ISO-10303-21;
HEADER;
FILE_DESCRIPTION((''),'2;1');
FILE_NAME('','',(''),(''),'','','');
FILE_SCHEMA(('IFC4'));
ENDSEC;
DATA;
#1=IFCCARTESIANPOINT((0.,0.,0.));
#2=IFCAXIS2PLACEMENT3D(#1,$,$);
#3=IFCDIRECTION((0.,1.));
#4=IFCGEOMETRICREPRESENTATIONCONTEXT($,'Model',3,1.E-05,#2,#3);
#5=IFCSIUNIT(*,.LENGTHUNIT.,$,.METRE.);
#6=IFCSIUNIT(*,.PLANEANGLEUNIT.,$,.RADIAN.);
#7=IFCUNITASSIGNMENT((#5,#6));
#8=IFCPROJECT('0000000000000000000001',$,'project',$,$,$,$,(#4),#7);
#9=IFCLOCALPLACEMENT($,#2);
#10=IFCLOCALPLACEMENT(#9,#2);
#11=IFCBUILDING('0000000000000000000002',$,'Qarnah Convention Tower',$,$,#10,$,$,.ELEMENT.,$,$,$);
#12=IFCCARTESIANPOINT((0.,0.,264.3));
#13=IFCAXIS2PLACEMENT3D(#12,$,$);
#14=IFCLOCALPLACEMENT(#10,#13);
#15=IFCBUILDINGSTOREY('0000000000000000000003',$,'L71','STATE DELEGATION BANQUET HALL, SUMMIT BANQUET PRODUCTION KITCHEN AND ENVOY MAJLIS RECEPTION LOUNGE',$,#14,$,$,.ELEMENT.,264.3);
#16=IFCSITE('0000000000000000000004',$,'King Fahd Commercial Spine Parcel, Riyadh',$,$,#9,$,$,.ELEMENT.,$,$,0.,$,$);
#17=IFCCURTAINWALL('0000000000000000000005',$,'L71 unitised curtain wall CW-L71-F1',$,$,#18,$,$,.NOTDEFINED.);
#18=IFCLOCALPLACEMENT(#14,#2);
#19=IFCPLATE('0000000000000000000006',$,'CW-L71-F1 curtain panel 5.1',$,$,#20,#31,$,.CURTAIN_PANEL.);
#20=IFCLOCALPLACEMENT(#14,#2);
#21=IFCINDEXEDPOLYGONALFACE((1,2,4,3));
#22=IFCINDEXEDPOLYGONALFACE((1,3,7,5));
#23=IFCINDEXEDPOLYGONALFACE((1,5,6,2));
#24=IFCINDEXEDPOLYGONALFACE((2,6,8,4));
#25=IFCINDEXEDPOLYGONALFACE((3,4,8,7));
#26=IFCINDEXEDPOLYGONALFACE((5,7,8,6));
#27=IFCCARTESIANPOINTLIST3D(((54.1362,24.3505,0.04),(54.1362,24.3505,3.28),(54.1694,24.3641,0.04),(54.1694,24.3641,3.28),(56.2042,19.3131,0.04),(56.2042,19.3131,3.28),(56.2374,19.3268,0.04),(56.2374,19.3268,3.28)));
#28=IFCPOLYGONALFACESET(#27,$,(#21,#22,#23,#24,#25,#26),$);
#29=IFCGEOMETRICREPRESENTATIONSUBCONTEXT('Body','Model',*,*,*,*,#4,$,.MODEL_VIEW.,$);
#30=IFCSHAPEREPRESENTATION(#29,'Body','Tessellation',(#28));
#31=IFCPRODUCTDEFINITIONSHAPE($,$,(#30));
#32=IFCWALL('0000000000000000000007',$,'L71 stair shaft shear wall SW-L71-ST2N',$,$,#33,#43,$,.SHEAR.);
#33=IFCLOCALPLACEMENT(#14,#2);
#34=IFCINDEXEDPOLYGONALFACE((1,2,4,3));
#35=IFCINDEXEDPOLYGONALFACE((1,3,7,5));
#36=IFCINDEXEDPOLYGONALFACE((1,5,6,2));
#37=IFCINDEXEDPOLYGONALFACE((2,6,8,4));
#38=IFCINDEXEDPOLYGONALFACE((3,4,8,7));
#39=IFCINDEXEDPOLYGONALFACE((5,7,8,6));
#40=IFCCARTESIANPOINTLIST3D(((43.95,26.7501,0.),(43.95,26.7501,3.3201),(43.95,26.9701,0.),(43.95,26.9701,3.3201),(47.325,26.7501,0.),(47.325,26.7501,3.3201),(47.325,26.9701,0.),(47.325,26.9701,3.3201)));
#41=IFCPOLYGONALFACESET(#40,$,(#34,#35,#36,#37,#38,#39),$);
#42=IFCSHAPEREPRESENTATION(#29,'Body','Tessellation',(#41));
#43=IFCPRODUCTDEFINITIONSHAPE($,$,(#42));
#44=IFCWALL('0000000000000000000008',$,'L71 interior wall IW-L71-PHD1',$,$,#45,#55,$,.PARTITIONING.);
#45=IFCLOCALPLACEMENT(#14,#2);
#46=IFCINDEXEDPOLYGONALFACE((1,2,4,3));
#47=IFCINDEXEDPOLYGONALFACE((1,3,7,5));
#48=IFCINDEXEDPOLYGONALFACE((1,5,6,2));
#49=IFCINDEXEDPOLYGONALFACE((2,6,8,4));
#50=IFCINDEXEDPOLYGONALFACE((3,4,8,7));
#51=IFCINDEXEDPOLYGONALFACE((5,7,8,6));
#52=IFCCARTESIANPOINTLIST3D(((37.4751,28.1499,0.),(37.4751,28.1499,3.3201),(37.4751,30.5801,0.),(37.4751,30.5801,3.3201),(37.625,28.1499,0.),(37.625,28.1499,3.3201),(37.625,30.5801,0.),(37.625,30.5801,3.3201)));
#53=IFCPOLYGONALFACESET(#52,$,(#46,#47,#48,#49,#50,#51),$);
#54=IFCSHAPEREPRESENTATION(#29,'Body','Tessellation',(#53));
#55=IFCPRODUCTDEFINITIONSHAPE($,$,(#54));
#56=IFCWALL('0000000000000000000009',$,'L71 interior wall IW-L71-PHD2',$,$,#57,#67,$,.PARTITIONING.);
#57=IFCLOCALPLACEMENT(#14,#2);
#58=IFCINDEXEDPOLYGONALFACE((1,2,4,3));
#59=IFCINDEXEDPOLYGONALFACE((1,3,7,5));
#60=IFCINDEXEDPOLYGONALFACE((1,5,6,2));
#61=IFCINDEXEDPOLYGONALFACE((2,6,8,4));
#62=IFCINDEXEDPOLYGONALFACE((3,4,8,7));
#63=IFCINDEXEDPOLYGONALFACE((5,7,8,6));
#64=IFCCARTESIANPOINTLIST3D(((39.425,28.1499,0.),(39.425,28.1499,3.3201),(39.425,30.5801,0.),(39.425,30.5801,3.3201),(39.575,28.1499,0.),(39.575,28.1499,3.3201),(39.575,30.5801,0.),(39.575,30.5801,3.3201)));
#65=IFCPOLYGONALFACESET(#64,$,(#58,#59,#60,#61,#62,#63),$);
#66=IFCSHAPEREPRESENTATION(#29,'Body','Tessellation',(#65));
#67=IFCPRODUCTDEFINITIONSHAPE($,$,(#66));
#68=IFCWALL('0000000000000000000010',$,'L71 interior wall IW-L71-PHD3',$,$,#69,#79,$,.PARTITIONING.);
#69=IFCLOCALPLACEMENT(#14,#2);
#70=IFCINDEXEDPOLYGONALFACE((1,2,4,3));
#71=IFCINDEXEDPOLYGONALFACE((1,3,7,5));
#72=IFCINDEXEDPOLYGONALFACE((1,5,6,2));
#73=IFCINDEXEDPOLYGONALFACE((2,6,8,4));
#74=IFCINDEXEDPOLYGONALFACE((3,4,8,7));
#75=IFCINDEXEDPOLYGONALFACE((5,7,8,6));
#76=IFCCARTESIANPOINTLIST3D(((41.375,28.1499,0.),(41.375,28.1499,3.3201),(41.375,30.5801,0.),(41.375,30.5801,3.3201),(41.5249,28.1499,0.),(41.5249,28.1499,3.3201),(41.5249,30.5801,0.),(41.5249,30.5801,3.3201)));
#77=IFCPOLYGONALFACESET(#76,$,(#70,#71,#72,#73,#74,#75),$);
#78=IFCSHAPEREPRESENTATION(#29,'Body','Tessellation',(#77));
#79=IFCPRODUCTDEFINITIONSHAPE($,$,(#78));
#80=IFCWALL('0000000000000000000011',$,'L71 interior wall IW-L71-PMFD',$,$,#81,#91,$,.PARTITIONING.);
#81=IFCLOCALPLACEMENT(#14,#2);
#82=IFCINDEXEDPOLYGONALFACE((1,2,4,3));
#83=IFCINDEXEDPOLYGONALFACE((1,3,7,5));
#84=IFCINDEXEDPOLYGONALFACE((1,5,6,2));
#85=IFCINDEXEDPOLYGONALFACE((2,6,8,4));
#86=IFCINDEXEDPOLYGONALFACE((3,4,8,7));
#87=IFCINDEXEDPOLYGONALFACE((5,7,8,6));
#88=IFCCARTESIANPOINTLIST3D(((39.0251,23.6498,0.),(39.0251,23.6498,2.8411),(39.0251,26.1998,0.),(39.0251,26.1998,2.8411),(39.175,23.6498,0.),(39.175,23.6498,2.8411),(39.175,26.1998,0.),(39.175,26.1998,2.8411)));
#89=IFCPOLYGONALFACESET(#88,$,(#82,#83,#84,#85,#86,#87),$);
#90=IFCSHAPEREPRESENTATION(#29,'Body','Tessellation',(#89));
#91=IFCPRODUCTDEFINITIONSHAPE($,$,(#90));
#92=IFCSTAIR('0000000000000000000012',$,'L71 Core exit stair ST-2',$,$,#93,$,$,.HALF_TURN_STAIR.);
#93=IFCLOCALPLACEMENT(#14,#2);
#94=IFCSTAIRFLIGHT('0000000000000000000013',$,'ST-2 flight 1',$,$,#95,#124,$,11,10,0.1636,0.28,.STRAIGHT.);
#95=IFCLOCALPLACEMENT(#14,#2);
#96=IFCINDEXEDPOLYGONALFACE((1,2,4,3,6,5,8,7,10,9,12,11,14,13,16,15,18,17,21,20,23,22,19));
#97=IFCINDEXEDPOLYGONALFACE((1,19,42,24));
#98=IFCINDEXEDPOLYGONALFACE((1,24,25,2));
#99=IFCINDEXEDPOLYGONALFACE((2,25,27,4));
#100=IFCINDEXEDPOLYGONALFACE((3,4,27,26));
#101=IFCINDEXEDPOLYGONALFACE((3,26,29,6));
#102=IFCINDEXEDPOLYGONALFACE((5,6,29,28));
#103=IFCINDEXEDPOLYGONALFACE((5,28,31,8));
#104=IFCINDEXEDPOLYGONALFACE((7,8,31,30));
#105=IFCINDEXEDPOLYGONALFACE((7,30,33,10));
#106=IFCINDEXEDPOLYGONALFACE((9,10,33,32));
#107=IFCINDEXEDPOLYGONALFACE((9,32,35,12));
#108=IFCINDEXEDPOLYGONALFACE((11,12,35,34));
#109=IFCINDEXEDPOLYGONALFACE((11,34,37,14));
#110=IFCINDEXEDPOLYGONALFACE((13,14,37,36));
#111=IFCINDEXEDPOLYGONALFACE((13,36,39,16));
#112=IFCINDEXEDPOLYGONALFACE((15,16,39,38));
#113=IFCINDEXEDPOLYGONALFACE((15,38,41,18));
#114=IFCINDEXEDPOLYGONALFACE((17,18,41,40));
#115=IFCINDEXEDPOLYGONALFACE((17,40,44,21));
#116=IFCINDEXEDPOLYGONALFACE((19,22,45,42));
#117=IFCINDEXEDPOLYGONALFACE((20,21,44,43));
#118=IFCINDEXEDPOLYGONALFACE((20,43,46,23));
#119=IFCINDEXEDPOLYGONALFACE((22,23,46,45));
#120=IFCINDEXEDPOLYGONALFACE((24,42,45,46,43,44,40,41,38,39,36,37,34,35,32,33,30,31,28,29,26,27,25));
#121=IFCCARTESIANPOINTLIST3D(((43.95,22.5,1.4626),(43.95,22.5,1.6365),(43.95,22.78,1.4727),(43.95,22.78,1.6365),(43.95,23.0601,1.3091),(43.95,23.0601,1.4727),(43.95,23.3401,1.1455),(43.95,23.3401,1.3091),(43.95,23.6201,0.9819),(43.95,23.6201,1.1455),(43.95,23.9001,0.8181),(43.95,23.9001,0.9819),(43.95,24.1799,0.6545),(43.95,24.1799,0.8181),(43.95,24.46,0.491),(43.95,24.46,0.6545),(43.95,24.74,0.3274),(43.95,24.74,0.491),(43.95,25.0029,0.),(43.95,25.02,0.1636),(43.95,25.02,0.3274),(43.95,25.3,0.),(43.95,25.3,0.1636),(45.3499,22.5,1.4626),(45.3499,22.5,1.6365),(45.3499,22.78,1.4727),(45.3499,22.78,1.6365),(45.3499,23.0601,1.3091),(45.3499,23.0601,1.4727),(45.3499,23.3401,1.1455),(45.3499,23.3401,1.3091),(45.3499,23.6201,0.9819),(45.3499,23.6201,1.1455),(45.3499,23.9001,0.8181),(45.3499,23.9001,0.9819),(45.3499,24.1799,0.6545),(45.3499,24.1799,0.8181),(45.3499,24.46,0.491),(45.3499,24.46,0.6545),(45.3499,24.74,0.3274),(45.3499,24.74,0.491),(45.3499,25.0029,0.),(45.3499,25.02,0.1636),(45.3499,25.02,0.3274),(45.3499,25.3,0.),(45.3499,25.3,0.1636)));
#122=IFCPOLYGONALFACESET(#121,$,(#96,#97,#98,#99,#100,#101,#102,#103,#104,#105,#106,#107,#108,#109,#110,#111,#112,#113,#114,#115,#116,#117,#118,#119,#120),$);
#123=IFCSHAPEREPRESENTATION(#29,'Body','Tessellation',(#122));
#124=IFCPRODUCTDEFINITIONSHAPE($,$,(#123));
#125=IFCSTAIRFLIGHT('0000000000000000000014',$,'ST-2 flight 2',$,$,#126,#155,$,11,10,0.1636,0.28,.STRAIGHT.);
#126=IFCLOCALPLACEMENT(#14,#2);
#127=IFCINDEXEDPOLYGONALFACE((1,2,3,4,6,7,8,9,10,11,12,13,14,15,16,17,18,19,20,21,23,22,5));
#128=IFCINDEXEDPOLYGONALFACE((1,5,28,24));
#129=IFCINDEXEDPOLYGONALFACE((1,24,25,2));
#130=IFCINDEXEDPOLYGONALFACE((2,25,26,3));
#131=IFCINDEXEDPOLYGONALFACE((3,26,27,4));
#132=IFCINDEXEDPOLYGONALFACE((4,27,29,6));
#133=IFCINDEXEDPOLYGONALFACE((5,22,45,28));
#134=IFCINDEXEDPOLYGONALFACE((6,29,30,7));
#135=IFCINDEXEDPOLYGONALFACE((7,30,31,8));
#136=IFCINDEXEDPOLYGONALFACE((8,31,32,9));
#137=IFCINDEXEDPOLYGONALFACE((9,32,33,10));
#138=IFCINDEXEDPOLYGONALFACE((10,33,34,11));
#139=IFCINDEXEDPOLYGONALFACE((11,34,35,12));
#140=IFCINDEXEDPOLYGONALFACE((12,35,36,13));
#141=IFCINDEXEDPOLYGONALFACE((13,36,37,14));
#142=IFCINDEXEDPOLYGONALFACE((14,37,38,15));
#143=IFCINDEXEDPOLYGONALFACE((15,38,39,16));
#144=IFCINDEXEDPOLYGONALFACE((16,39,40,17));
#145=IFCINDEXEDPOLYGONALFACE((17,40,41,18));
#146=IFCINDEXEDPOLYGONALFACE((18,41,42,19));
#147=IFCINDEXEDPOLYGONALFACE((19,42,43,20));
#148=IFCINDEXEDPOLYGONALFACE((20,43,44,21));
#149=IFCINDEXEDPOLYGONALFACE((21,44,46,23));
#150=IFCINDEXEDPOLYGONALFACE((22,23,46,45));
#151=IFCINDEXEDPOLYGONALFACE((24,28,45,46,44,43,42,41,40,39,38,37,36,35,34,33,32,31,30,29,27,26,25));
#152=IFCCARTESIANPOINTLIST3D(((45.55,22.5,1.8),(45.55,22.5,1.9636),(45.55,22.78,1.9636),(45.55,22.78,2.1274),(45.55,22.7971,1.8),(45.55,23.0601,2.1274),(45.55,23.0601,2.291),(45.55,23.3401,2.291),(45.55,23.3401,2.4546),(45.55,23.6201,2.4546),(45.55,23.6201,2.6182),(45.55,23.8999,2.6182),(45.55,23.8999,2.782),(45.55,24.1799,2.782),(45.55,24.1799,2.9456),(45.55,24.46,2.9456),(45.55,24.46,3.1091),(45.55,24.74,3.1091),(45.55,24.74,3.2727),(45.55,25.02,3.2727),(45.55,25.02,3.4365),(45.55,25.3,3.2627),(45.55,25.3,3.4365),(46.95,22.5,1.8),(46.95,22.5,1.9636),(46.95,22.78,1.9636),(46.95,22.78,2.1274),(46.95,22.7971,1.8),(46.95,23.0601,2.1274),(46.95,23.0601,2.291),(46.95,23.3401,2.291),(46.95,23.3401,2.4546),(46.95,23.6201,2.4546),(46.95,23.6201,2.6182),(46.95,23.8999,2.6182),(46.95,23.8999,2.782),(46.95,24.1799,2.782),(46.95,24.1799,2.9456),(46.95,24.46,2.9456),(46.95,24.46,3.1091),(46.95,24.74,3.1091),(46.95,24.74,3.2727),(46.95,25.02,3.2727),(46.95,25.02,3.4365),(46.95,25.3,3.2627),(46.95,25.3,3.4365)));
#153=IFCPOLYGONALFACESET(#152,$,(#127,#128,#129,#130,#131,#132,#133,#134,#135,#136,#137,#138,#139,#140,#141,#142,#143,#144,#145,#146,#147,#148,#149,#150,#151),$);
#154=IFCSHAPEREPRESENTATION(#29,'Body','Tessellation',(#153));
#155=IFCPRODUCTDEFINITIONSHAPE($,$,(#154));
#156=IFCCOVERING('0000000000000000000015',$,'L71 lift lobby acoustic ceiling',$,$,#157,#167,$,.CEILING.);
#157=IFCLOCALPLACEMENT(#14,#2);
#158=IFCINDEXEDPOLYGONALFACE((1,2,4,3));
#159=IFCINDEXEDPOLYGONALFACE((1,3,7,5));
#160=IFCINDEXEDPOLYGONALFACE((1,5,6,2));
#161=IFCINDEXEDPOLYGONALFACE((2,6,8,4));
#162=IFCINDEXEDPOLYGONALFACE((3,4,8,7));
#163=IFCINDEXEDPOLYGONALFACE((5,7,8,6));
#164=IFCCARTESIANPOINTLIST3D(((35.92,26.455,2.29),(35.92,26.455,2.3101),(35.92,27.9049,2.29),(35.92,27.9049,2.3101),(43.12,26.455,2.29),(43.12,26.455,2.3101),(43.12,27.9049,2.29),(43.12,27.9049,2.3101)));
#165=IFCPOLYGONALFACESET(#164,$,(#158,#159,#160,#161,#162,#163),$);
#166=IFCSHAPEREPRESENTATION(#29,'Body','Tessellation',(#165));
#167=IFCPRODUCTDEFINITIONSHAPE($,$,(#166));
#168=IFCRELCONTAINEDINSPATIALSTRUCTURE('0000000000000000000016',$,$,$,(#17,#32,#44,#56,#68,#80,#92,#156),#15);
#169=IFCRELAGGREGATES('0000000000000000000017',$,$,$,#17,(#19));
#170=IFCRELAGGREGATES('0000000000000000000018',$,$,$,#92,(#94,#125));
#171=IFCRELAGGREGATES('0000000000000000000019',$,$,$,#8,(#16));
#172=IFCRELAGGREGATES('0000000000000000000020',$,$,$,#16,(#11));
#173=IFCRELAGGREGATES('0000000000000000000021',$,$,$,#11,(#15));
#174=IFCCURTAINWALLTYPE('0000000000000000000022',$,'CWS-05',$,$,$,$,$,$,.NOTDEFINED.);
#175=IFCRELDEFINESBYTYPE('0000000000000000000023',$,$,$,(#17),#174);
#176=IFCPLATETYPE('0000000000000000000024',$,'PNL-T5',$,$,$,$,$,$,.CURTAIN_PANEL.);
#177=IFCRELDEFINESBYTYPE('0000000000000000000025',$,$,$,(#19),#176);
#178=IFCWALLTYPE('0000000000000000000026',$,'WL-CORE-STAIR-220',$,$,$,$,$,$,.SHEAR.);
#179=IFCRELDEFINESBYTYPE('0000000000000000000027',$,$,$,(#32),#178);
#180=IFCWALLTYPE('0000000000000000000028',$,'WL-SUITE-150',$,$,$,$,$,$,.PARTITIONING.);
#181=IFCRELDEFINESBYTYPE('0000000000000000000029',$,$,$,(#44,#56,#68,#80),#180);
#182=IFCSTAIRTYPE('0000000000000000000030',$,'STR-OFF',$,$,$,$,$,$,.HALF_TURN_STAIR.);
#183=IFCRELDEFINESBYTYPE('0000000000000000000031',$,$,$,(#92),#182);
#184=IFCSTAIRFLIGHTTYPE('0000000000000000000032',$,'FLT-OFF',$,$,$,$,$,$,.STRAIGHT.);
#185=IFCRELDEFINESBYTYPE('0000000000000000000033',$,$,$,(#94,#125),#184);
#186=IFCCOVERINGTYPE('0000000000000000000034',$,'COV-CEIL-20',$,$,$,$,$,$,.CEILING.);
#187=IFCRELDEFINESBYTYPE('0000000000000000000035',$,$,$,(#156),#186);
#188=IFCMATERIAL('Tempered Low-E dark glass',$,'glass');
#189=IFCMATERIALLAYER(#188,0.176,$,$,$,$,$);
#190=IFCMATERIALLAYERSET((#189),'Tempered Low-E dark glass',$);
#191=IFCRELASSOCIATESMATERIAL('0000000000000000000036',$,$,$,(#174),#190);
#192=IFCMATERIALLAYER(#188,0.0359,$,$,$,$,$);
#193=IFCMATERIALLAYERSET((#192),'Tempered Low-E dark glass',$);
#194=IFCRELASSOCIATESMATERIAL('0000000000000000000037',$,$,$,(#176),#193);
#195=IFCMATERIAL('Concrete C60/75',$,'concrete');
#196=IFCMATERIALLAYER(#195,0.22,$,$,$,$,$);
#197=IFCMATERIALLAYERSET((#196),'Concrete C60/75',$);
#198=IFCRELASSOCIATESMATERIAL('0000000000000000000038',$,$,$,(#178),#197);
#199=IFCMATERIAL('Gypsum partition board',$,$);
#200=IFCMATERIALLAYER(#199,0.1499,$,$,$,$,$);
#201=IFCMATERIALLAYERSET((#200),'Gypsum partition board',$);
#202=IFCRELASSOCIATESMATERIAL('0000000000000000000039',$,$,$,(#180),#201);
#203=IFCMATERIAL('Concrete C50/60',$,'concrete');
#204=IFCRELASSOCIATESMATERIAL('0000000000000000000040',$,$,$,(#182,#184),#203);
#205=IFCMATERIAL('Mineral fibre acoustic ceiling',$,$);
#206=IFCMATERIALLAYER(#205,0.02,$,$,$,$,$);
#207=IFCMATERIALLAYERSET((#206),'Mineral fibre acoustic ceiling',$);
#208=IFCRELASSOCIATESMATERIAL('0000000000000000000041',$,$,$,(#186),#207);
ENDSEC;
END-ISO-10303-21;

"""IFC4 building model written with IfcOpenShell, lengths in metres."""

from ifc_helpers import new_model, si_unit, direction, frame, frame_2d, origin, origin_2d, place, context, subcontext, project, spatial, polyline, rectangle, outline, extrude, material, layer, layer_set, type_object, element, aggregate, save


model = new_model("IFC4")

# Units and contexts
model_context = context("Model", 3, precision=1e-05, world=origin(), true_north=direction((0.0, 1.0)))
body_context = subcontext(model_context, "Body", "Model", "MODEL_VIEW")
ifc_project = project(units=[si_unit("LENGTHUNIT", "METRE"), si_unit("PLANEANGLEUNIT", "RADIAN")], contexts=[model_context])

# Site, building, storey
site_placement = place(None, origin())
site = spatial("IfcSite", under=ifc_project, at=site_placement, Name="King Fahd Commercial Spine Parcel, Riyadh", CompositionType="ELEMENT", RefElevation=0.0)
building_placement = place(site_placement, origin())
building = spatial("IfcBuilding", under=site, at=building_placement, Name="Qarnah Convention Tower", CompositionType="ELEMENT")
storey_placement = place(building_placement, frame((0.0, 0.0, 264.3)))
storey = spatial("IfcBuildingStorey", under=building, at=storey_placement, Name="L71", Description="STATE DELEGATION BANQUET HALL, SUMMIT BANQUET PRODUCTION KITCHEN AND ENVOY MAJLIS RECEPTION LOUNGE", CompositionType="ELEMENT", Elevation=264.3)

# Shared definitions
ifc_material_1 = material(Name="Concrete C50/60", Category="concrete")

# Curtain wall, plate
ifc_material_2 = material(Name="Tempered Low-E dark glass", Category="glass")
ifc_layer_1 = layer(ifc_material_2, 0.176)
ifc_layer_set_1 = layer_set([ifc_layer_1], Name="Tempered Low-E dark glass")
curtain_wall_type = type_object("IfcCurtainWallType", Name="CWS-05", PredefinedType="NOTDEFINED", material=ifc_layer_set_1)
curtain_wall_placement = place(storey_placement, origin())
curtain_wall = element("IfcCurtainWall", 1, at=curtain_wall_placement, inside=storey, type_object=curtain_wall_type, Name="L71 unitised curtain wall CW-L71-F1", PredefinedType="NOTDEFINED")
ifc_layer_2 = layer(ifc_material_2, 0.0359)
ifc_layer_set_2 = layer_set([ifc_layer_2], Name="Tempered Low-E dark glass")
plate_type = type_object("IfcPlateType", Name="PNL-T5", PredefinedType="CURTAIN_PANEL", material=ifc_layer_set_2)
plate_1_placement = place(storey_placement, frame((55.1868, 21.8386, 0.04), z_axis=(0.0, 0.0, 1.0), x_axis=(0.379776, -0.925079, 0.0)))
plate_1 = element("IfcPlate", 2, at=plate_1_placement, type_object=plate_type, Name="CW-L71-F1 curtain panel 5.1", PredefinedType="CURTAIN_PANEL", context=body_context, shape_type="SweptSolid", body=[
    extrude(rectangle(XDim=5.4453, YDim=0.0359, at=origin_2d()), origin(), (0.0, 0.0, 1.0), 3.24),
])
aggregate(curtain_wall, [plate_1])

# Walls
ifc_material_3 = material(Name="Concrete C60/75", Category="concrete")
ifc_layer_3 = layer(ifc_material_3, 0.22)
ifc_layer_set_3 = layer_set([ifc_layer_3], Name="Concrete C60/75")
wall_type_1 = type_object("IfcWallType", Name="WL-CORE-STAIR-220", PredefinedType="SHEAR", material=ifc_layer_set_3)
wall_1_placement = place(storey_placement, frame((43.95, 26.8601, 0.0), z_axis=(0.0, 0.0, 1.0), x_axis=(1.0, 0.0, 0.0)))
element("IfcWall", 3, at=wall_1_placement, inside=storey, type_object=wall_type_1, Name="L71 stair shaft shear wall SW-L71-ST2N", PredefinedType="SHEAR", context=body_context, shape_type="SweptSolid", body=[
    extrude(rectangle(XDim=3.375, YDim=0.22, at=frame_2d((1.6875, 0.0))), origin(), (0.0, 0.0, 1.0), 3.3201),
])
ifc_material_4 = material(Name="Gypsum partition board")
ifc_layer_4 = layer(ifc_material_4, 0.1499)
ifc_layer_set_4 = layer_set([ifc_layer_4], Name="Gypsum partition board")
wall_type_2 = type_object("IfcWallType", Name="WL-SUITE-150", PredefinedType="PARTITIONING", material=ifc_layer_set_4)
for number, where, z_axis, x_axis, name in (
    (4, (37.55, 28.1499, 0.0), (0.0, 0.0, 1.0), (0.0, 1.0, 0.0), "L71 interior wall IW-L71-PHD1"),
    (5, (39.5, 28.1499, 0.0), (0.0, 0.0, 1.0), (0.0, 1.0, 0.0), "L71 interior wall IW-L71-PHD2"),
    (6, (41.45, 28.1499, 0.0), (0.0, 0.0, 1.0), (0.0, 1.0, 0.0), "L71 interior wall IW-L71-PHD3"),
):
    element("IfcWall", number, at=place(storey_placement, frame(where, z_axis=z_axis, x_axis=x_axis)), inside=storey, type_object=wall_type_2, Name=name, PredefinedType="PARTITIONING", context=body_context, shape_type="SweptSolid", body=[
        extrude(rectangle(XDim=2.4302, YDim=0.1499, at=frame_2d((1.2151, 0.0))), origin(), (0.0, 0.0, 1.0), 3.3201),
    ])
wall_2_placement = place(storey_placement, frame((39.1001, 23.6499, 0.0), z_axis=(0.0, 0.0, 1.0), x_axis=(0.0, 1.0, 0.0)))
element("IfcWall", 7, at=wall_2_placement, inside=storey, type_object=wall_type_2, Name="L71 interior wall IW-L71-PMFD", PredefinedType="PARTITIONING", context=body_context, shape_type="SweptSolid", body=[
    extrude(rectangle(XDim=2.55, YDim=0.1499, at=frame_2d((1.2749, 0.0))), origin(), (0.0, 0.0, 1.0), 2.8411),
])

# Stair, stair flights
stair_type = type_object("IfcStairType", Name="STR-OFF", PredefinedType="HALF_TURN_STAIR", material=ifc_material_1)
stair_placement = place(storey_placement, origin())
stair = element("IfcStair", 8, at=stair_placement, inside=storey, type_object=stair_type, Name="L71 Core exit stair ST-2", PredefinedType="HALF_TURN_STAIR")
stair_flight_type = type_object("IfcStairFlightType", Name="FLT-OFF", PredefinedType="STRAIGHT", material=ifc_material_1)
stair_flight_1_placement = place(storey_placement, frame((44.6499, 25.3, 0.0), z_axis=(0.0, 0.0, 1.0), x_axis=(0.0, -1.0, 0.0)))
stair_flight_1 = element("IfcStairFlight", 9, at=stair_flight_1_placement, type_object=stair_flight_type, Name="ST-2 flight 1", NumberOfRisers=11, NumberOfTreads=10, PredefinedType="STRAIGHT", RiserHeight=0.1636, TreadLength=0.28, context=body_context, shape_type="SweptSolid", body=[
    extrude(outline(polyline([(0.0, 0.0), (0.0, 0.1636), (0.28, 0.1636), (0.28, 0.3274), (0.5601, 0.3274), (0.5601, 0.491), (0.8401, 0.491), (0.8401, 0.6545), (1.1201, 0.6545), (1.1201, 0.8181), (1.3999, 0.8181), (1.3999, 0.9819), (1.6799, 0.9819), (1.6799, 1.1455), (1.96, 1.1455), (1.96, 1.3091), (2.24, 1.3091), (2.24, 1.4727), (2.52, 1.4727), (2.52, 1.6365), (2.8, 1.6365), (2.8, 1.8), (2.8, 1.4626), (0.2971, 0.0), (0.0, 0.0)])), frame((0.0, 0.7, 0.0), z_axis=(0.0, -1.0, 0.0), x_axis=(1.0, 0.0, 0.0)), (0.0, 0.0, 1.0), 1.3999),
])
stair_flight_2_placement = place(storey_placement, frame((46.25, 22.5, 1.8), z_axis=(0.0, 0.0, 1.0), x_axis=(0.0, 1.0, 0.0)))
stair_flight_2 = element("IfcStairFlight", 10, at=stair_flight_2_placement, type_object=stair_flight_type, Name="ST-2 flight 2", NumberOfRisers=11, NumberOfTreads=10, PredefinedType="STRAIGHT", RiserHeight=0.1636, TreadLength=0.28, context=body_context, shape_type="SweptSolid", body=[
    extrude(outline(polyline([(0.0, 0.0), (0.0, 0.1636), (0.28, 0.1636), (0.28, 0.3274), (0.5601, 0.3274), (0.5601, 0.491), (0.8401, 0.491), (0.8401, 0.6545), (1.1201, 0.6545), (1.1201, 0.8181), (1.3999, 0.8181), (1.3999, 0.9819), (1.6799, 0.9819), (1.6799, 1.1455), (1.96, 1.1455), (1.96, 1.3091), (2.24, 1.3091), (2.24, 1.4727), (2.52, 1.4727), (2.52, 1.6365), (2.8, 1.6365), (2.8, 1.8), (2.8, 1.4626), (0.2971, 0.0), (0.0, 0.0)])), frame((0.0, 0.7, 0.0), z_axis=(0.0, -1.0, 0.0), x_axis=(1.0, 0.0, 0.0)), (0.0, 0.0, 1.0), 1.3999),
])
aggregate(stair, [stair_flight_1, stair_flight_2])

# Covering
ifc_material_5 = material(Name="Mineral fibre acoustic ceiling")
ifc_layer_5 = layer(ifc_material_5, 0.02)
ifc_layer_set_5 = layer_set([ifc_layer_5], Name="Mineral fibre acoustic ceiling")
covering_type = type_object("IfcCoveringType", Name="COV-CEIL-20", PredefinedType="CEILING", material=ifc_layer_set_5)
covering_placement = place(storey_placement, frame((39.52, 27.1799, 2.29), z_axis=(0.0, 0.0, 1.0), x_axis=(1.0, 0.0, 0.0)))
element("IfcCovering", 11, at=covering_placement, inside=storey, type_object=covering_type, Name="L71 lift lobby acoustic ceiling", PredefinedType="CEILING", context=body_context, shape_type="SweptSolid", body=[
    extrude(rectangle(XDim=7.2, YDim=1.45, at=origin_2d()), origin(), (0.0, 0.0, 1.0), 0.02),
])

save(model, "model.ifc")
